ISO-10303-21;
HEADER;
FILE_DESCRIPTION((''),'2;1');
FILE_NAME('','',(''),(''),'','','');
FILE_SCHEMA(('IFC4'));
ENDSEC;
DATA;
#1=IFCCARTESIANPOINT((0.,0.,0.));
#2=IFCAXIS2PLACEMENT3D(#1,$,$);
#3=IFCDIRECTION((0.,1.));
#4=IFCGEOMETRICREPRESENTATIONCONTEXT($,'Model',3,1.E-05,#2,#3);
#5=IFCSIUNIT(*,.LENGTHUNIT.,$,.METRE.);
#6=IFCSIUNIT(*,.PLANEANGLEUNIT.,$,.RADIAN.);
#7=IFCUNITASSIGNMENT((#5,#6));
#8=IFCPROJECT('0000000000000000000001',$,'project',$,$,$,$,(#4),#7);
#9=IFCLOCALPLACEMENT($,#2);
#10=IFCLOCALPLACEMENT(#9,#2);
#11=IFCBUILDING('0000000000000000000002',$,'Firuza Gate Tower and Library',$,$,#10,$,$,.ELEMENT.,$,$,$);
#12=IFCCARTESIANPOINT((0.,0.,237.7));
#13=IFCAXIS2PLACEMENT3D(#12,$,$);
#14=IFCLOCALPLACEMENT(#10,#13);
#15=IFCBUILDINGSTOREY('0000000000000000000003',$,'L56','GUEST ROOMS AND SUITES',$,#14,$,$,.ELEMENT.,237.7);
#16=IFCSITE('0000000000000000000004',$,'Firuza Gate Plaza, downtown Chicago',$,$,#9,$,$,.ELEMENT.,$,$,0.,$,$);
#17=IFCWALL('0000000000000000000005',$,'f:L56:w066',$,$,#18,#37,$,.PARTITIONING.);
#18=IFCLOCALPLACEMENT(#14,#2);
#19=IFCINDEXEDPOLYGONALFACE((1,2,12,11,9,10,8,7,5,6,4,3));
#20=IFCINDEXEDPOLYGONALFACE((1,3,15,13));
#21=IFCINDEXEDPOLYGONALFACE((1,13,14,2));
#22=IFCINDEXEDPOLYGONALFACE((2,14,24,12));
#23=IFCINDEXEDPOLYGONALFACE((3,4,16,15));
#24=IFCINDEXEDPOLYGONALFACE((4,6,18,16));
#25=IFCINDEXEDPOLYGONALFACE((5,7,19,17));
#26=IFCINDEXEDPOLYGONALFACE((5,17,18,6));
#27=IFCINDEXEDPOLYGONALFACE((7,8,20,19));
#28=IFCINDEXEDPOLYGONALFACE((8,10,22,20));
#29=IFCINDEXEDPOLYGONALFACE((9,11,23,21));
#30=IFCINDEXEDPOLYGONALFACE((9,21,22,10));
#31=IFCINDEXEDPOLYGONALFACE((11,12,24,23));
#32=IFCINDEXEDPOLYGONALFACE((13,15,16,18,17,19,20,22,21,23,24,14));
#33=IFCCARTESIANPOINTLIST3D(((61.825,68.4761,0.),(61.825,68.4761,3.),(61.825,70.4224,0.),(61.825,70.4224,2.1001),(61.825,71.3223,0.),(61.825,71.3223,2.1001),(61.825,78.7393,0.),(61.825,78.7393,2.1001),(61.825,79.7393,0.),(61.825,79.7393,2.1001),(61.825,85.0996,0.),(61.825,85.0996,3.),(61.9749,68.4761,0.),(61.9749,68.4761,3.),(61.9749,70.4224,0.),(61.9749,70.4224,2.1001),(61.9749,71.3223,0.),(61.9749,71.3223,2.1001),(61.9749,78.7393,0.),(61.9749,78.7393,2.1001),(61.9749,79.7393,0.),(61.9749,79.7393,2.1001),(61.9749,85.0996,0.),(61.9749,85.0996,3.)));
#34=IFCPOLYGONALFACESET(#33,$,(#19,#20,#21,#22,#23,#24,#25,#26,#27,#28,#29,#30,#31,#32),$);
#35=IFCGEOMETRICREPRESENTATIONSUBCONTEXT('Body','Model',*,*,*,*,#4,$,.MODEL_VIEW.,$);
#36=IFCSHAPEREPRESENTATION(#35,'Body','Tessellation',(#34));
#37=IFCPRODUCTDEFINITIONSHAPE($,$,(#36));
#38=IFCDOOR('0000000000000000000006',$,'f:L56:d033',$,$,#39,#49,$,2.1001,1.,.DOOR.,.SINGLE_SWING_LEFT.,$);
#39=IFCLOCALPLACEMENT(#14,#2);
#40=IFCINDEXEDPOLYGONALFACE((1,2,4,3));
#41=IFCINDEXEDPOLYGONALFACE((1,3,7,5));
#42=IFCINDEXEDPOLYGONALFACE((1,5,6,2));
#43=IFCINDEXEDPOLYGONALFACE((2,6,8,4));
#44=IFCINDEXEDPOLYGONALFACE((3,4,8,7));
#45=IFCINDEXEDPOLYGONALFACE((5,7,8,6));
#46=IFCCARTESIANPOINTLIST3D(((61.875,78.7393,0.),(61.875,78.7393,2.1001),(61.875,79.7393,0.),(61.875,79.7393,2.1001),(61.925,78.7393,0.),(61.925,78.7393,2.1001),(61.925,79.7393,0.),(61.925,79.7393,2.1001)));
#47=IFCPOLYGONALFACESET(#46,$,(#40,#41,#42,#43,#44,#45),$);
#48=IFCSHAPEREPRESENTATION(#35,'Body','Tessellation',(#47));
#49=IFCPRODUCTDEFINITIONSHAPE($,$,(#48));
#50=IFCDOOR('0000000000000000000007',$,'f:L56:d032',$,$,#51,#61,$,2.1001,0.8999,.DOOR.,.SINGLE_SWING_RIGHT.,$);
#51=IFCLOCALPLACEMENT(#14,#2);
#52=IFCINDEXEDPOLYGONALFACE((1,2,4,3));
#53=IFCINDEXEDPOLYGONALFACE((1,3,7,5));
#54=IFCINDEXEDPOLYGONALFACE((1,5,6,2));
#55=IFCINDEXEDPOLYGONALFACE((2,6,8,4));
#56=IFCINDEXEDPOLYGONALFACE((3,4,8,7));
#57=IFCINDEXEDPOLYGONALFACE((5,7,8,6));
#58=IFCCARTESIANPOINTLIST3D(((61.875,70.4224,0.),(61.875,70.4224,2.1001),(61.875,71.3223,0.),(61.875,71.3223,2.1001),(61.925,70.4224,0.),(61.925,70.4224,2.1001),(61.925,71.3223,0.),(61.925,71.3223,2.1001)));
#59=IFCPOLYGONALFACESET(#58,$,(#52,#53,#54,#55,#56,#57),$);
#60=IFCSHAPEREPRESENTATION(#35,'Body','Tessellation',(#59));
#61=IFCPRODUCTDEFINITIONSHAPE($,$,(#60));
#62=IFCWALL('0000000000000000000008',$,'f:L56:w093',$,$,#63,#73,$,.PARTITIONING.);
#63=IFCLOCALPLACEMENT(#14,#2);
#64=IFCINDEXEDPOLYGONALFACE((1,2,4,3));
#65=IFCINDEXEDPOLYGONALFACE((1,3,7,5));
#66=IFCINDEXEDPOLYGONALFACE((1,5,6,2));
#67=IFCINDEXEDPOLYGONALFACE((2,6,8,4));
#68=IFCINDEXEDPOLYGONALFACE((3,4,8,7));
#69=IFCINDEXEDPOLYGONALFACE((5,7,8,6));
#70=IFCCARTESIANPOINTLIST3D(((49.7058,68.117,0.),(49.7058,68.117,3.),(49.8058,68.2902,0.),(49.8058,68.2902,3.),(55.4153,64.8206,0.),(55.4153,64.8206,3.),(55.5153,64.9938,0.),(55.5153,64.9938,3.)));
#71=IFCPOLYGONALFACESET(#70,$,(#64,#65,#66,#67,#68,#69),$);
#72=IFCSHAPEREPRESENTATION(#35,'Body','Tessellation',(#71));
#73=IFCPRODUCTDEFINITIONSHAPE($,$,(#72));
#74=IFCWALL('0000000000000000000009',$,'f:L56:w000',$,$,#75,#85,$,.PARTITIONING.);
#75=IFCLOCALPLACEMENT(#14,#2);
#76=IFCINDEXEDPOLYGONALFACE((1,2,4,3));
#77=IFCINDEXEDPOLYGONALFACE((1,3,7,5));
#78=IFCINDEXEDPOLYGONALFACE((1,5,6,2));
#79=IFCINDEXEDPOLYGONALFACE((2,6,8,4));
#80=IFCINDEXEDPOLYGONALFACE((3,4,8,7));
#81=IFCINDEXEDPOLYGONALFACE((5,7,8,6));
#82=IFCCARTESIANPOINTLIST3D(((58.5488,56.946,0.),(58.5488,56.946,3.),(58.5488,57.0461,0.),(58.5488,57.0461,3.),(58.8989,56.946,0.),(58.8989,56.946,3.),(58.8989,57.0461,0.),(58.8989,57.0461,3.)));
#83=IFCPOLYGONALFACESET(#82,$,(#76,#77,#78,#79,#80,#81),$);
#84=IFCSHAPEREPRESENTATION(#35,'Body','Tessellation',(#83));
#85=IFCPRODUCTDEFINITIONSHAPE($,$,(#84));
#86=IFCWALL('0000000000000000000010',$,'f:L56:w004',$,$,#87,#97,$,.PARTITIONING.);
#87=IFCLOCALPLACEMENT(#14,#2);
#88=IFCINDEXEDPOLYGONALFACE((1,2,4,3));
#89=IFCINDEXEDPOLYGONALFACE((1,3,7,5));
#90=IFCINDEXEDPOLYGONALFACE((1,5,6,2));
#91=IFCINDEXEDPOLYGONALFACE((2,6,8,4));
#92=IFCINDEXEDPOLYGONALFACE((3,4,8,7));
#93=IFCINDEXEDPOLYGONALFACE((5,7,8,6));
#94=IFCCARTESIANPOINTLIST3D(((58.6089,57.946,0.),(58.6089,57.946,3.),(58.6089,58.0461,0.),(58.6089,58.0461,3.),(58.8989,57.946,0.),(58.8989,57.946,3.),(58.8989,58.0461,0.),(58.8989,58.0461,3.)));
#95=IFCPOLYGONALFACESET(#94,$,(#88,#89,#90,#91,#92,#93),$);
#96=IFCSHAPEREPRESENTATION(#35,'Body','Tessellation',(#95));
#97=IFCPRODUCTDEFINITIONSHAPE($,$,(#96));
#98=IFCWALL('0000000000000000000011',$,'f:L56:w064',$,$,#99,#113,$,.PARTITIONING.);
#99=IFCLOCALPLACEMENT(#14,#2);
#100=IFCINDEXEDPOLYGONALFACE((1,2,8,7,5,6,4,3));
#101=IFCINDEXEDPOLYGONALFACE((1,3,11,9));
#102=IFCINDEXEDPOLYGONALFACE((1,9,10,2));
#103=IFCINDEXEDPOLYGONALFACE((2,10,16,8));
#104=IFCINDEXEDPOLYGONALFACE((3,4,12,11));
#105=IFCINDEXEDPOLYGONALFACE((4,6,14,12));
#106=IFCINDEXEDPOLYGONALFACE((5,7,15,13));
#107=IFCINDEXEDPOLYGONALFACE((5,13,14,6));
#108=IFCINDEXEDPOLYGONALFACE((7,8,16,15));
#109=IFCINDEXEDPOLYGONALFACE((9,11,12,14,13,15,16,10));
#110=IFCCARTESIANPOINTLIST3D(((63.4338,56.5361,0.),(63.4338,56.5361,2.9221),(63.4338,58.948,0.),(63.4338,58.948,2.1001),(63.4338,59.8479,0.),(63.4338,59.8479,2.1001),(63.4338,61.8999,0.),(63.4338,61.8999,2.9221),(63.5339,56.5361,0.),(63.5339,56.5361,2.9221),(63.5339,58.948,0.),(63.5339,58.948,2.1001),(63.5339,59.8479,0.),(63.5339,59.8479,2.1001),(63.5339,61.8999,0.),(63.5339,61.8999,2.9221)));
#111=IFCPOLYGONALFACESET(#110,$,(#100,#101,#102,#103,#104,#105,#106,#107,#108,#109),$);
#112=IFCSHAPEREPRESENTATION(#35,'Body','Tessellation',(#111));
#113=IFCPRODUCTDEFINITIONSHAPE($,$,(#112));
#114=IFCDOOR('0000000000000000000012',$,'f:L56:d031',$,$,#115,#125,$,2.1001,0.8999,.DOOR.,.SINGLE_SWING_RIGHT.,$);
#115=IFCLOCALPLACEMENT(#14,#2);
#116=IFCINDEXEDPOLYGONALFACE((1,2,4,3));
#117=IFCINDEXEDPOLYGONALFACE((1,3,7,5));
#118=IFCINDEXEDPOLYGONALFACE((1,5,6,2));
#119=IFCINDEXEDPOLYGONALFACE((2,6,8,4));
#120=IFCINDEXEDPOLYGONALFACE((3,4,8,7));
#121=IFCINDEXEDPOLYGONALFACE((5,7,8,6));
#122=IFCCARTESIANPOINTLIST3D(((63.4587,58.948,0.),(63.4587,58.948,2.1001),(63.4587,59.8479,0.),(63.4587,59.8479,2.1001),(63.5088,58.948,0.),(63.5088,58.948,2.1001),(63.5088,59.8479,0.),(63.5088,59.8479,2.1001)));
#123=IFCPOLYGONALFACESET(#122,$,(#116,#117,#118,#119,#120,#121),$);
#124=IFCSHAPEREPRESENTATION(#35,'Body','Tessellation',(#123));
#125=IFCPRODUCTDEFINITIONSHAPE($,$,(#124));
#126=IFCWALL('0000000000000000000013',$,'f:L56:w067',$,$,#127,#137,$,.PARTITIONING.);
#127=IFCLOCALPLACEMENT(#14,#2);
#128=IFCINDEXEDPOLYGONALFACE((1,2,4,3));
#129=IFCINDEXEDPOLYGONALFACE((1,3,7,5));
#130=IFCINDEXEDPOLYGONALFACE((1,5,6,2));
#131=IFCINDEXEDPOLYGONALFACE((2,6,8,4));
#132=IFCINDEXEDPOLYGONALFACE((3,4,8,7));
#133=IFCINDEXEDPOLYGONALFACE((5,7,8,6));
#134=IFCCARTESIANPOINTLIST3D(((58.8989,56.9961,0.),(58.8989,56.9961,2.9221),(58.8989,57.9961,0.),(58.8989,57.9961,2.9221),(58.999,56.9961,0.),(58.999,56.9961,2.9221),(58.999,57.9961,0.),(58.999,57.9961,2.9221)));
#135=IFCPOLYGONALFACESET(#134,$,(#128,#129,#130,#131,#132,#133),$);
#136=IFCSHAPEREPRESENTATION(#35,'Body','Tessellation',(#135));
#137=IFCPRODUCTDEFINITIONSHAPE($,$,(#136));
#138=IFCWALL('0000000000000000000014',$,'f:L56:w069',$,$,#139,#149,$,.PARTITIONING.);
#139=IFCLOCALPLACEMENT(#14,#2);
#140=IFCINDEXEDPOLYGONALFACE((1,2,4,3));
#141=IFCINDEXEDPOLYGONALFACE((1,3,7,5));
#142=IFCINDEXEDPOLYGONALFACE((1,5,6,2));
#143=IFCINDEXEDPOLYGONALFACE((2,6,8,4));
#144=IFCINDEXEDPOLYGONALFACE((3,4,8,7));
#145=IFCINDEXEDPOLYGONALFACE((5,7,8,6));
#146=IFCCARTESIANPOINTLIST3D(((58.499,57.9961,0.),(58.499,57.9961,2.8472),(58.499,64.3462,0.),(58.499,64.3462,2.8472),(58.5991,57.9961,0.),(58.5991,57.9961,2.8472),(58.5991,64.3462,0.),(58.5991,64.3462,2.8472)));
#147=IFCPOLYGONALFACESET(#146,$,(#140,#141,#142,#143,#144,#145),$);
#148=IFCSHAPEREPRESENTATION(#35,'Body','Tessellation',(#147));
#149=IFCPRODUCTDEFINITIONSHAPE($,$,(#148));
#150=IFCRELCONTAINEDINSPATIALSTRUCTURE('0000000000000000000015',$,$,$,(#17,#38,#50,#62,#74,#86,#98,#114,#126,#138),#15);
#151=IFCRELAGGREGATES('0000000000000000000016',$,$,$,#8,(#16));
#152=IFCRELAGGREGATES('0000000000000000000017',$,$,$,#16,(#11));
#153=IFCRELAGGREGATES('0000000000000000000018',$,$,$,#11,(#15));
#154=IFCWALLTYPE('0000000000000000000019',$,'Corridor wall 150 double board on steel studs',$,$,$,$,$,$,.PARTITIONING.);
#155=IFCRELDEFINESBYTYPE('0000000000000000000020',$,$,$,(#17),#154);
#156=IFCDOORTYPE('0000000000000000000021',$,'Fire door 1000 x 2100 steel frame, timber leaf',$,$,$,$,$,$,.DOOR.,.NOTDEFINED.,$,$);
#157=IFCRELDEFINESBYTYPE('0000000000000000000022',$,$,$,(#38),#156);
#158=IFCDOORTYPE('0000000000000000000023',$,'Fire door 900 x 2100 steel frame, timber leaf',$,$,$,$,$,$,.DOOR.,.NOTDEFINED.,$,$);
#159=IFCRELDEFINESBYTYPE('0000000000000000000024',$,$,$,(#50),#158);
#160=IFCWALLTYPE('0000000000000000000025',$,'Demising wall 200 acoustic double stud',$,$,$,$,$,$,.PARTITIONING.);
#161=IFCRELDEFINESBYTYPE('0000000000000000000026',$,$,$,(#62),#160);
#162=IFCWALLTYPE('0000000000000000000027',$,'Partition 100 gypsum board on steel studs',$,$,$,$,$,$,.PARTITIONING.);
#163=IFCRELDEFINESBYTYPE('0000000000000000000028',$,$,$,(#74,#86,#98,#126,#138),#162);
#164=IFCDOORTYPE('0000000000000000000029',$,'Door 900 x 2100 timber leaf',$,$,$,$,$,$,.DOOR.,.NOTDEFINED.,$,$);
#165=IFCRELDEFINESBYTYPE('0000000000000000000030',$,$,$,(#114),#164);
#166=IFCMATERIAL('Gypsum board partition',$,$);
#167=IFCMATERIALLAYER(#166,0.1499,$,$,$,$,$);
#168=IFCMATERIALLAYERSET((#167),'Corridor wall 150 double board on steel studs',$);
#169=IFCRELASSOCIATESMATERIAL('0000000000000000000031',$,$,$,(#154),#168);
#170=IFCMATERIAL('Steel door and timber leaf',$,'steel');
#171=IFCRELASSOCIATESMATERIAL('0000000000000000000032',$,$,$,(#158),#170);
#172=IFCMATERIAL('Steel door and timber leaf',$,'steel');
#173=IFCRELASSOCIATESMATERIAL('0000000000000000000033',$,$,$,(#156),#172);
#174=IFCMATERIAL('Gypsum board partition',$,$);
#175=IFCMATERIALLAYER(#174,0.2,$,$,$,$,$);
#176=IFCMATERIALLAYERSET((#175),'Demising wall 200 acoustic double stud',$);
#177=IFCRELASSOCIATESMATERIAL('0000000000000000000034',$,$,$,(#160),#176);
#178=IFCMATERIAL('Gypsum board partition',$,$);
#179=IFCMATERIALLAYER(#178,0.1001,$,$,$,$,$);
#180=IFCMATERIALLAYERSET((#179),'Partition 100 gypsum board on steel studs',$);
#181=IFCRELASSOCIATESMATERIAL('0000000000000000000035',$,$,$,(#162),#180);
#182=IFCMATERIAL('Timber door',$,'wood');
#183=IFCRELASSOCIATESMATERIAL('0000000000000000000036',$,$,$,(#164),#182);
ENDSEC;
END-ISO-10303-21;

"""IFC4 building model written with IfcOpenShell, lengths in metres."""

from ifc_helpers import new_model, si_unit, direction, frame, frame_2d, origin, place, context, subcontext, project, spatial, rectangle, extrude, material, layer, layer_set, type_object, element, fill, save


model = new_model("IFC4")

# Units and contexts
model_context = context("Model", 3, precision=1e-05, world=origin(), true_north=direction((0.0, 1.0)))
body_context = subcontext(model_context, "Body", "Model", "MODEL_VIEW")
ifc_project = project(units=[si_unit("LENGTHUNIT", "METRE"), si_unit("PLANEANGLEUNIT", "RADIAN")], contexts=[model_context])

# Site, building, storey
site_placement = place(None, origin())
site = spatial("IfcSite", under=ifc_project, at=site_placement, Name="Firuza Gate Plaza, downtown Chicago", CompositionType="ELEMENT", RefElevation=0.0)
building_placement = place(site_placement, origin())
building = spatial("IfcBuilding", under=site, at=building_placement, Name="Firuza Gate Tower and Library", CompositionType="ELEMENT")
storey_placement = place(building_placement, frame((0.0, 0.0, 237.7)))
storey = spatial("IfcBuildingStorey", under=building, at=storey_placement, Name="L56", Description="GUEST ROOMS AND SUITES", CompositionType="ELEMENT", Elevation=237.7)

# Shared definitions
ifc_material_1 = material(Name="Gypsum board partition")
ifc_layer_1 = layer(ifc_material_1, 0.1499)
ifc_layer_set_1 = layer_set([ifc_layer_1], Name="Corridor wall 150 double board on steel studs")
wall_type_1 = type_object("IfcWallType", Name="Corridor wall 150 double board on steel studs", PredefinedType="PARTITIONING", material=ifc_layer_set_1)
ifc_material_2 = material(Name="Steel door and timber leaf", Category="steel")
door_type_1 = type_object("IfcDoorType", Name="Fire door 900 x 2100 steel frame, timber leaf", OperationType="NOTDEFINED", PredefinedType="DOOR", material=ifc_material_2)

# Wall, openings, doors
wall_1_placement = place(storey_placement, frame((61.8999, 68.4761, 0.0), z_axis=(0.0, 0.0, 1.0), x_axis=(0.0, 1.0, 0.0)))
wall_1 = element("IfcWall", 1, at=wall_1_placement, inside=storey, type_object=wall_type_1, Name="f:L56:w066", PredefinedType="PARTITIONING", context=body_context, shape_type="SweptSolid", body=[
    extrude(rectangle(XDim=16.6235, YDim=0.1499, at=frame_2d((8.3118, 0.0))), origin(), (0.0, 0.0, 1.0), 3.0),
])
opening_1_placement = place(wall_1_placement, frame((1.9463, 0.0, 0.0)))
opening_1 = element("IfcOpeningElement", 2, at=opening_1_placement, cuts=wall_1, PredefinedType="OPENING", context=body_context, shape_type="SweptSolid", body=[
    extrude(rectangle(XDim=0.8999, YDim=2.1001, at=frame_2d((0.45, 1.05))), frame((0.0, 0.085, 0.0), z_axis=(0.0, -1.0, 0.0), x_axis=(1.0, 0.0, 0.0)), (0.0, 0.0, 1.0), 0.1699),
])
opening_2_placement = place(wall_1_placement, frame((10.2632, 0.0, 0.0)))
opening_2 = element("IfcOpeningElement", 3, at=opening_2_placement, cuts=wall_1, PredefinedType="OPENING", context=body_context, shape_type="SweptSolid", body=[
    extrude(rectangle(XDim=1.0, YDim=2.1001, at=frame_2d((0.5, 1.05))), frame((0.0, 0.085, 0.0), z_axis=(0.0, -1.0, 0.0), x_axis=(1.0, 0.0, 0.0)), (0.0, 0.0, 1.0), 0.1699),
])
ifc_material_3 = material(Name="Steel door and timber leaf", Category="steel")
door_type_2 = type_object("IfcDoorType", Name="Fire door 1000 x 2100 steel frame, timber leaf", OperationType="NOTDEFINED", PredefinedType="DOOR", material=ifc_material_3)
door_1_placement = place(opening_2_placement, origin())
door_1 = element("IfcDoor", 4, at=door_1_placement, inside=storey, type_object=door_type_2, Name="f:L56:d033", OperationType="SINGLE_SWING_LEFT", OverallHeight=2.1001, OverallWidth=1.0, PredefinedType="DOOR", context=body_context, shape_type="SweptSolid", body=[
    extrude(rectangle(XDim=1.0, YDim=2.1001, at=frame_2d((0.5, 1.05))), frame((0.0, 0.0249, 0.0), z_axis=(0.0, -1.0, 0.0), x_axis=(1.0, 0.0, 0.0)), (0.0, 0.0, 1.0), 0.05),
])
fill(opening_2, door_1)
door_2_placement = place(opening_1_placement, origin())
door_2 = element("IfcDoor", 5, at=door_2_placement, inside=storey, type_object=door_type_1, Name="f:L56:d032", OperationType="SINGLE_SWING_RIGHT", OverallHeight=2.1001, OverallWidth=0.8999, PredefinedType="DOOR", context=body_context, shape_type="SweptSolid", body=[
    extrude(rectangle(XDim=0.8999, YDim=2.1001, at=frame_2d((0.45, 1.05))), frame((0.0, 0.0249, 0.0), z_axis=(0.0, -1.0, 0.0), x_axis=(1.0, 0.0, 0.0)), (0.0, 0.0, 1.0), 0.05),
])
fill(opening_1, door_2)

# Walls
ifc_material_4 = material(Name="Gypsum board partition")
ifc_layer_2 = layer(ifc_material_4, 0.2)
ifc_layer_set_2 = layer_set([ifc_layer_2], Name="Demising wall 200 acoustic double stud")
wall_type_2 = type_object("IfcWallType", Name="Demising wall 200 acoustic double stud", PredefinedType="PARTITIONING", material=ifc_layer_set_2)
wall_2_placement = place(storey_placement, frame((55.4653, 64.9072, 0.0), z_axis=(0.0, 0.0, 1.0), x_axis=(-0.866024, 0.500002, 0.0)))
element("IfcWall", 6, at=wall_2_placement, inside=storey, type_object=wall_type_2, Name="f:L56:w093", PredefinedType="PARTITIONING", context=body_context, shape_type="SweptSolid", body=[
    extrude(rectangle(XDim=6.5928, YDim=0.2, at=frame_2d((3.2964, 0.0))), origin(), (0.0, 0.0, 1.0), 3.0),
])
ifc_material_5 = material(Name="Gypsum board partition")
ifc_layer_3 = layer(ifc_material_5, 0.1001)
ifc_layer_set_3 = layer_set([ifc_layer_3], Name="Partition 100 gypsum board on steel studs")
wall_type_3 = type_object("IfcWallType", Name="Partition 100 gypsum board on steel studs", PredefinedType="PARTITIONING", material=ifc_layer_set_3)
wall_3_placement = place(storey_placement, frame((58.5488, 56.9961, 0.0), z_axis=(0.0, 0.0, 1.0), x_axis=(1.0, 0.0, 0.0)))
element("IfcWall", 7, at=wall_3_placement, inside=storey, type_object=wall_type_3, Name="f:L56:w000", PredefinedType="PARTITIONING", context=body_context, shape_type="SweptSolid", body=[
    extrude(rectangle(XDim=0.3501, YDim=0.1001, at=frame_2d((0.175, 0.0))), origin(), (0.0, 0.0, 1.0), 3.0),
])
wall_4_placement = place(storey_placement, frame((58.6089, 57.9961, 0.0), z_axis=(0.0, 0.0, 1.0), x_axis=(1.0, 0.0, 0.0)))
element("IfcWall", 8, at=wall_4_placement, inside=storey, type_object=wall_type_3, Name="f:L56:w004", PredefinedType="PARTITIONING", context=body_context, shape_type="SweptSolid", body=[
    extrude(rectangle(XDim=0.29, YDim=0.1001, at=frame_2d((0.145, 0.0))), origin(), (0.0, 0.0, 1.0), 3.0),
])

# Wall, opening, door
wall_5_placement = place(storey_placement, frame((63.4839, 61.8999, 0.0), z_axis=(0.0, 0.0, 1.0), x_axis=(0.0, -1.0, 0.0)))
wall_5 = element("IfcWall", 9, at=wall_5_placement, inside=storey, type_object=wall_type_3, Name="f:L56:w064", PredefinedType="PARTITIONING", context=body_context, shape_type="SweptSolid", body=[
    extrude(rectangle(XDim=5.3638, YDim=0.1001, at=frame_2d((2.6819, 0.0))), origin(), (0.0, 0.0, 1.0), 2.9221),
])
opening_3_placement = place(wall_5_placement, frame((2.052, 0.0, 0.0)))
opening_3 = element("IfcOpeningElement", 10, at=opening_3_placement, cuts=wall_5, PredefinedType="OPENING", context=body_context, shape_type="SweptSolid", body=[
    extrude(rectangle(XDim=0.8999, YDim=2.1001, at=frame_2d((0.45, 1.05))), frame((0.0, 0.0601, 0.0), z_axis=(0.0, -1.0, 0.0), x_axis=(1.0, 0.0, 0.0)), (0.0, 0.0, 1.0), 0.1201),
])
ifc_material_6 = material(Name="Timber door", Category="wood")
door_type_3 = type_object("IfcDoorType", Name="Door 900 x 2100 timber leaf", OperationType="NOTDEFINED", PredefinedType="DOOR", material=ifc_material_6)
door_3_placement = place(opening_3_placement, origin())
door_3 = element("IfcDoor", 11, at=door_3_placement, inside=storey, type_object=door_type_3, Name="f:L56:d031", OperationType="SINGLE_SWING_RIGHT", OverallHeight=2.1001, OverallWidth=0.8999, PredefinedType="DOOR", context=body_context, shape_type="SweptSolid", body=[
    extrude(rectangle(XDim=0.8999, YDim=2.1001, at=frame_2d((0.45, 1.05))), frame((0.0, 0.0249, 0.0), z_axis=(0.0, -1.0, 0.0), x_axis=(1.0, 0.0, 0.0)), (0.0, 0.0, 1.0), 0.05),
])
fill(opening_3, door_3)

# Walls
wall_6_placement = place(storey_placement, frame((58.949, 56.9961, 0.0), z_axis=(0.0, 0.0, 1.0), x_axis=(0.0, 1.0, 0.0)))
element("IfcWall", 12, at=wall_6_placement, inside=storey, type_object=wall_type_3, Name="f:L56:w067", PredefinedType="PARTITIONING", context=body_context, shape_type="SweptSolid", body=[
    extrude(rectangle(XDim=1.0, YDim=0.1001, at=frame_2d((0.5, 0.0))), origin(), (0.0, 0.0, 1.0), 2.9221),
])
wall_7_placement = place(storey_placement, frame((58.5491, 57.9961, 0.0), z_axis=(0.0, 0.0, 1.0), x_axis=(0.0, 1.0, 0.0)))
element("IfcWall", 13, at=wall_7_placement, inside=storey, type_object=wall_type_3, Name="f:L56:w069", PredefinedType="PARTITIONING", context=body_context, shape_type="SweptSolid", body=[
    extrude(rectangle(XDim=6.3501, YDim=0.1001, at=frame_2d((3.175, 0.0))), origin(), (0.0, 0.0, 1.0), 2.8472),
])

save(model, "model.ifc")
